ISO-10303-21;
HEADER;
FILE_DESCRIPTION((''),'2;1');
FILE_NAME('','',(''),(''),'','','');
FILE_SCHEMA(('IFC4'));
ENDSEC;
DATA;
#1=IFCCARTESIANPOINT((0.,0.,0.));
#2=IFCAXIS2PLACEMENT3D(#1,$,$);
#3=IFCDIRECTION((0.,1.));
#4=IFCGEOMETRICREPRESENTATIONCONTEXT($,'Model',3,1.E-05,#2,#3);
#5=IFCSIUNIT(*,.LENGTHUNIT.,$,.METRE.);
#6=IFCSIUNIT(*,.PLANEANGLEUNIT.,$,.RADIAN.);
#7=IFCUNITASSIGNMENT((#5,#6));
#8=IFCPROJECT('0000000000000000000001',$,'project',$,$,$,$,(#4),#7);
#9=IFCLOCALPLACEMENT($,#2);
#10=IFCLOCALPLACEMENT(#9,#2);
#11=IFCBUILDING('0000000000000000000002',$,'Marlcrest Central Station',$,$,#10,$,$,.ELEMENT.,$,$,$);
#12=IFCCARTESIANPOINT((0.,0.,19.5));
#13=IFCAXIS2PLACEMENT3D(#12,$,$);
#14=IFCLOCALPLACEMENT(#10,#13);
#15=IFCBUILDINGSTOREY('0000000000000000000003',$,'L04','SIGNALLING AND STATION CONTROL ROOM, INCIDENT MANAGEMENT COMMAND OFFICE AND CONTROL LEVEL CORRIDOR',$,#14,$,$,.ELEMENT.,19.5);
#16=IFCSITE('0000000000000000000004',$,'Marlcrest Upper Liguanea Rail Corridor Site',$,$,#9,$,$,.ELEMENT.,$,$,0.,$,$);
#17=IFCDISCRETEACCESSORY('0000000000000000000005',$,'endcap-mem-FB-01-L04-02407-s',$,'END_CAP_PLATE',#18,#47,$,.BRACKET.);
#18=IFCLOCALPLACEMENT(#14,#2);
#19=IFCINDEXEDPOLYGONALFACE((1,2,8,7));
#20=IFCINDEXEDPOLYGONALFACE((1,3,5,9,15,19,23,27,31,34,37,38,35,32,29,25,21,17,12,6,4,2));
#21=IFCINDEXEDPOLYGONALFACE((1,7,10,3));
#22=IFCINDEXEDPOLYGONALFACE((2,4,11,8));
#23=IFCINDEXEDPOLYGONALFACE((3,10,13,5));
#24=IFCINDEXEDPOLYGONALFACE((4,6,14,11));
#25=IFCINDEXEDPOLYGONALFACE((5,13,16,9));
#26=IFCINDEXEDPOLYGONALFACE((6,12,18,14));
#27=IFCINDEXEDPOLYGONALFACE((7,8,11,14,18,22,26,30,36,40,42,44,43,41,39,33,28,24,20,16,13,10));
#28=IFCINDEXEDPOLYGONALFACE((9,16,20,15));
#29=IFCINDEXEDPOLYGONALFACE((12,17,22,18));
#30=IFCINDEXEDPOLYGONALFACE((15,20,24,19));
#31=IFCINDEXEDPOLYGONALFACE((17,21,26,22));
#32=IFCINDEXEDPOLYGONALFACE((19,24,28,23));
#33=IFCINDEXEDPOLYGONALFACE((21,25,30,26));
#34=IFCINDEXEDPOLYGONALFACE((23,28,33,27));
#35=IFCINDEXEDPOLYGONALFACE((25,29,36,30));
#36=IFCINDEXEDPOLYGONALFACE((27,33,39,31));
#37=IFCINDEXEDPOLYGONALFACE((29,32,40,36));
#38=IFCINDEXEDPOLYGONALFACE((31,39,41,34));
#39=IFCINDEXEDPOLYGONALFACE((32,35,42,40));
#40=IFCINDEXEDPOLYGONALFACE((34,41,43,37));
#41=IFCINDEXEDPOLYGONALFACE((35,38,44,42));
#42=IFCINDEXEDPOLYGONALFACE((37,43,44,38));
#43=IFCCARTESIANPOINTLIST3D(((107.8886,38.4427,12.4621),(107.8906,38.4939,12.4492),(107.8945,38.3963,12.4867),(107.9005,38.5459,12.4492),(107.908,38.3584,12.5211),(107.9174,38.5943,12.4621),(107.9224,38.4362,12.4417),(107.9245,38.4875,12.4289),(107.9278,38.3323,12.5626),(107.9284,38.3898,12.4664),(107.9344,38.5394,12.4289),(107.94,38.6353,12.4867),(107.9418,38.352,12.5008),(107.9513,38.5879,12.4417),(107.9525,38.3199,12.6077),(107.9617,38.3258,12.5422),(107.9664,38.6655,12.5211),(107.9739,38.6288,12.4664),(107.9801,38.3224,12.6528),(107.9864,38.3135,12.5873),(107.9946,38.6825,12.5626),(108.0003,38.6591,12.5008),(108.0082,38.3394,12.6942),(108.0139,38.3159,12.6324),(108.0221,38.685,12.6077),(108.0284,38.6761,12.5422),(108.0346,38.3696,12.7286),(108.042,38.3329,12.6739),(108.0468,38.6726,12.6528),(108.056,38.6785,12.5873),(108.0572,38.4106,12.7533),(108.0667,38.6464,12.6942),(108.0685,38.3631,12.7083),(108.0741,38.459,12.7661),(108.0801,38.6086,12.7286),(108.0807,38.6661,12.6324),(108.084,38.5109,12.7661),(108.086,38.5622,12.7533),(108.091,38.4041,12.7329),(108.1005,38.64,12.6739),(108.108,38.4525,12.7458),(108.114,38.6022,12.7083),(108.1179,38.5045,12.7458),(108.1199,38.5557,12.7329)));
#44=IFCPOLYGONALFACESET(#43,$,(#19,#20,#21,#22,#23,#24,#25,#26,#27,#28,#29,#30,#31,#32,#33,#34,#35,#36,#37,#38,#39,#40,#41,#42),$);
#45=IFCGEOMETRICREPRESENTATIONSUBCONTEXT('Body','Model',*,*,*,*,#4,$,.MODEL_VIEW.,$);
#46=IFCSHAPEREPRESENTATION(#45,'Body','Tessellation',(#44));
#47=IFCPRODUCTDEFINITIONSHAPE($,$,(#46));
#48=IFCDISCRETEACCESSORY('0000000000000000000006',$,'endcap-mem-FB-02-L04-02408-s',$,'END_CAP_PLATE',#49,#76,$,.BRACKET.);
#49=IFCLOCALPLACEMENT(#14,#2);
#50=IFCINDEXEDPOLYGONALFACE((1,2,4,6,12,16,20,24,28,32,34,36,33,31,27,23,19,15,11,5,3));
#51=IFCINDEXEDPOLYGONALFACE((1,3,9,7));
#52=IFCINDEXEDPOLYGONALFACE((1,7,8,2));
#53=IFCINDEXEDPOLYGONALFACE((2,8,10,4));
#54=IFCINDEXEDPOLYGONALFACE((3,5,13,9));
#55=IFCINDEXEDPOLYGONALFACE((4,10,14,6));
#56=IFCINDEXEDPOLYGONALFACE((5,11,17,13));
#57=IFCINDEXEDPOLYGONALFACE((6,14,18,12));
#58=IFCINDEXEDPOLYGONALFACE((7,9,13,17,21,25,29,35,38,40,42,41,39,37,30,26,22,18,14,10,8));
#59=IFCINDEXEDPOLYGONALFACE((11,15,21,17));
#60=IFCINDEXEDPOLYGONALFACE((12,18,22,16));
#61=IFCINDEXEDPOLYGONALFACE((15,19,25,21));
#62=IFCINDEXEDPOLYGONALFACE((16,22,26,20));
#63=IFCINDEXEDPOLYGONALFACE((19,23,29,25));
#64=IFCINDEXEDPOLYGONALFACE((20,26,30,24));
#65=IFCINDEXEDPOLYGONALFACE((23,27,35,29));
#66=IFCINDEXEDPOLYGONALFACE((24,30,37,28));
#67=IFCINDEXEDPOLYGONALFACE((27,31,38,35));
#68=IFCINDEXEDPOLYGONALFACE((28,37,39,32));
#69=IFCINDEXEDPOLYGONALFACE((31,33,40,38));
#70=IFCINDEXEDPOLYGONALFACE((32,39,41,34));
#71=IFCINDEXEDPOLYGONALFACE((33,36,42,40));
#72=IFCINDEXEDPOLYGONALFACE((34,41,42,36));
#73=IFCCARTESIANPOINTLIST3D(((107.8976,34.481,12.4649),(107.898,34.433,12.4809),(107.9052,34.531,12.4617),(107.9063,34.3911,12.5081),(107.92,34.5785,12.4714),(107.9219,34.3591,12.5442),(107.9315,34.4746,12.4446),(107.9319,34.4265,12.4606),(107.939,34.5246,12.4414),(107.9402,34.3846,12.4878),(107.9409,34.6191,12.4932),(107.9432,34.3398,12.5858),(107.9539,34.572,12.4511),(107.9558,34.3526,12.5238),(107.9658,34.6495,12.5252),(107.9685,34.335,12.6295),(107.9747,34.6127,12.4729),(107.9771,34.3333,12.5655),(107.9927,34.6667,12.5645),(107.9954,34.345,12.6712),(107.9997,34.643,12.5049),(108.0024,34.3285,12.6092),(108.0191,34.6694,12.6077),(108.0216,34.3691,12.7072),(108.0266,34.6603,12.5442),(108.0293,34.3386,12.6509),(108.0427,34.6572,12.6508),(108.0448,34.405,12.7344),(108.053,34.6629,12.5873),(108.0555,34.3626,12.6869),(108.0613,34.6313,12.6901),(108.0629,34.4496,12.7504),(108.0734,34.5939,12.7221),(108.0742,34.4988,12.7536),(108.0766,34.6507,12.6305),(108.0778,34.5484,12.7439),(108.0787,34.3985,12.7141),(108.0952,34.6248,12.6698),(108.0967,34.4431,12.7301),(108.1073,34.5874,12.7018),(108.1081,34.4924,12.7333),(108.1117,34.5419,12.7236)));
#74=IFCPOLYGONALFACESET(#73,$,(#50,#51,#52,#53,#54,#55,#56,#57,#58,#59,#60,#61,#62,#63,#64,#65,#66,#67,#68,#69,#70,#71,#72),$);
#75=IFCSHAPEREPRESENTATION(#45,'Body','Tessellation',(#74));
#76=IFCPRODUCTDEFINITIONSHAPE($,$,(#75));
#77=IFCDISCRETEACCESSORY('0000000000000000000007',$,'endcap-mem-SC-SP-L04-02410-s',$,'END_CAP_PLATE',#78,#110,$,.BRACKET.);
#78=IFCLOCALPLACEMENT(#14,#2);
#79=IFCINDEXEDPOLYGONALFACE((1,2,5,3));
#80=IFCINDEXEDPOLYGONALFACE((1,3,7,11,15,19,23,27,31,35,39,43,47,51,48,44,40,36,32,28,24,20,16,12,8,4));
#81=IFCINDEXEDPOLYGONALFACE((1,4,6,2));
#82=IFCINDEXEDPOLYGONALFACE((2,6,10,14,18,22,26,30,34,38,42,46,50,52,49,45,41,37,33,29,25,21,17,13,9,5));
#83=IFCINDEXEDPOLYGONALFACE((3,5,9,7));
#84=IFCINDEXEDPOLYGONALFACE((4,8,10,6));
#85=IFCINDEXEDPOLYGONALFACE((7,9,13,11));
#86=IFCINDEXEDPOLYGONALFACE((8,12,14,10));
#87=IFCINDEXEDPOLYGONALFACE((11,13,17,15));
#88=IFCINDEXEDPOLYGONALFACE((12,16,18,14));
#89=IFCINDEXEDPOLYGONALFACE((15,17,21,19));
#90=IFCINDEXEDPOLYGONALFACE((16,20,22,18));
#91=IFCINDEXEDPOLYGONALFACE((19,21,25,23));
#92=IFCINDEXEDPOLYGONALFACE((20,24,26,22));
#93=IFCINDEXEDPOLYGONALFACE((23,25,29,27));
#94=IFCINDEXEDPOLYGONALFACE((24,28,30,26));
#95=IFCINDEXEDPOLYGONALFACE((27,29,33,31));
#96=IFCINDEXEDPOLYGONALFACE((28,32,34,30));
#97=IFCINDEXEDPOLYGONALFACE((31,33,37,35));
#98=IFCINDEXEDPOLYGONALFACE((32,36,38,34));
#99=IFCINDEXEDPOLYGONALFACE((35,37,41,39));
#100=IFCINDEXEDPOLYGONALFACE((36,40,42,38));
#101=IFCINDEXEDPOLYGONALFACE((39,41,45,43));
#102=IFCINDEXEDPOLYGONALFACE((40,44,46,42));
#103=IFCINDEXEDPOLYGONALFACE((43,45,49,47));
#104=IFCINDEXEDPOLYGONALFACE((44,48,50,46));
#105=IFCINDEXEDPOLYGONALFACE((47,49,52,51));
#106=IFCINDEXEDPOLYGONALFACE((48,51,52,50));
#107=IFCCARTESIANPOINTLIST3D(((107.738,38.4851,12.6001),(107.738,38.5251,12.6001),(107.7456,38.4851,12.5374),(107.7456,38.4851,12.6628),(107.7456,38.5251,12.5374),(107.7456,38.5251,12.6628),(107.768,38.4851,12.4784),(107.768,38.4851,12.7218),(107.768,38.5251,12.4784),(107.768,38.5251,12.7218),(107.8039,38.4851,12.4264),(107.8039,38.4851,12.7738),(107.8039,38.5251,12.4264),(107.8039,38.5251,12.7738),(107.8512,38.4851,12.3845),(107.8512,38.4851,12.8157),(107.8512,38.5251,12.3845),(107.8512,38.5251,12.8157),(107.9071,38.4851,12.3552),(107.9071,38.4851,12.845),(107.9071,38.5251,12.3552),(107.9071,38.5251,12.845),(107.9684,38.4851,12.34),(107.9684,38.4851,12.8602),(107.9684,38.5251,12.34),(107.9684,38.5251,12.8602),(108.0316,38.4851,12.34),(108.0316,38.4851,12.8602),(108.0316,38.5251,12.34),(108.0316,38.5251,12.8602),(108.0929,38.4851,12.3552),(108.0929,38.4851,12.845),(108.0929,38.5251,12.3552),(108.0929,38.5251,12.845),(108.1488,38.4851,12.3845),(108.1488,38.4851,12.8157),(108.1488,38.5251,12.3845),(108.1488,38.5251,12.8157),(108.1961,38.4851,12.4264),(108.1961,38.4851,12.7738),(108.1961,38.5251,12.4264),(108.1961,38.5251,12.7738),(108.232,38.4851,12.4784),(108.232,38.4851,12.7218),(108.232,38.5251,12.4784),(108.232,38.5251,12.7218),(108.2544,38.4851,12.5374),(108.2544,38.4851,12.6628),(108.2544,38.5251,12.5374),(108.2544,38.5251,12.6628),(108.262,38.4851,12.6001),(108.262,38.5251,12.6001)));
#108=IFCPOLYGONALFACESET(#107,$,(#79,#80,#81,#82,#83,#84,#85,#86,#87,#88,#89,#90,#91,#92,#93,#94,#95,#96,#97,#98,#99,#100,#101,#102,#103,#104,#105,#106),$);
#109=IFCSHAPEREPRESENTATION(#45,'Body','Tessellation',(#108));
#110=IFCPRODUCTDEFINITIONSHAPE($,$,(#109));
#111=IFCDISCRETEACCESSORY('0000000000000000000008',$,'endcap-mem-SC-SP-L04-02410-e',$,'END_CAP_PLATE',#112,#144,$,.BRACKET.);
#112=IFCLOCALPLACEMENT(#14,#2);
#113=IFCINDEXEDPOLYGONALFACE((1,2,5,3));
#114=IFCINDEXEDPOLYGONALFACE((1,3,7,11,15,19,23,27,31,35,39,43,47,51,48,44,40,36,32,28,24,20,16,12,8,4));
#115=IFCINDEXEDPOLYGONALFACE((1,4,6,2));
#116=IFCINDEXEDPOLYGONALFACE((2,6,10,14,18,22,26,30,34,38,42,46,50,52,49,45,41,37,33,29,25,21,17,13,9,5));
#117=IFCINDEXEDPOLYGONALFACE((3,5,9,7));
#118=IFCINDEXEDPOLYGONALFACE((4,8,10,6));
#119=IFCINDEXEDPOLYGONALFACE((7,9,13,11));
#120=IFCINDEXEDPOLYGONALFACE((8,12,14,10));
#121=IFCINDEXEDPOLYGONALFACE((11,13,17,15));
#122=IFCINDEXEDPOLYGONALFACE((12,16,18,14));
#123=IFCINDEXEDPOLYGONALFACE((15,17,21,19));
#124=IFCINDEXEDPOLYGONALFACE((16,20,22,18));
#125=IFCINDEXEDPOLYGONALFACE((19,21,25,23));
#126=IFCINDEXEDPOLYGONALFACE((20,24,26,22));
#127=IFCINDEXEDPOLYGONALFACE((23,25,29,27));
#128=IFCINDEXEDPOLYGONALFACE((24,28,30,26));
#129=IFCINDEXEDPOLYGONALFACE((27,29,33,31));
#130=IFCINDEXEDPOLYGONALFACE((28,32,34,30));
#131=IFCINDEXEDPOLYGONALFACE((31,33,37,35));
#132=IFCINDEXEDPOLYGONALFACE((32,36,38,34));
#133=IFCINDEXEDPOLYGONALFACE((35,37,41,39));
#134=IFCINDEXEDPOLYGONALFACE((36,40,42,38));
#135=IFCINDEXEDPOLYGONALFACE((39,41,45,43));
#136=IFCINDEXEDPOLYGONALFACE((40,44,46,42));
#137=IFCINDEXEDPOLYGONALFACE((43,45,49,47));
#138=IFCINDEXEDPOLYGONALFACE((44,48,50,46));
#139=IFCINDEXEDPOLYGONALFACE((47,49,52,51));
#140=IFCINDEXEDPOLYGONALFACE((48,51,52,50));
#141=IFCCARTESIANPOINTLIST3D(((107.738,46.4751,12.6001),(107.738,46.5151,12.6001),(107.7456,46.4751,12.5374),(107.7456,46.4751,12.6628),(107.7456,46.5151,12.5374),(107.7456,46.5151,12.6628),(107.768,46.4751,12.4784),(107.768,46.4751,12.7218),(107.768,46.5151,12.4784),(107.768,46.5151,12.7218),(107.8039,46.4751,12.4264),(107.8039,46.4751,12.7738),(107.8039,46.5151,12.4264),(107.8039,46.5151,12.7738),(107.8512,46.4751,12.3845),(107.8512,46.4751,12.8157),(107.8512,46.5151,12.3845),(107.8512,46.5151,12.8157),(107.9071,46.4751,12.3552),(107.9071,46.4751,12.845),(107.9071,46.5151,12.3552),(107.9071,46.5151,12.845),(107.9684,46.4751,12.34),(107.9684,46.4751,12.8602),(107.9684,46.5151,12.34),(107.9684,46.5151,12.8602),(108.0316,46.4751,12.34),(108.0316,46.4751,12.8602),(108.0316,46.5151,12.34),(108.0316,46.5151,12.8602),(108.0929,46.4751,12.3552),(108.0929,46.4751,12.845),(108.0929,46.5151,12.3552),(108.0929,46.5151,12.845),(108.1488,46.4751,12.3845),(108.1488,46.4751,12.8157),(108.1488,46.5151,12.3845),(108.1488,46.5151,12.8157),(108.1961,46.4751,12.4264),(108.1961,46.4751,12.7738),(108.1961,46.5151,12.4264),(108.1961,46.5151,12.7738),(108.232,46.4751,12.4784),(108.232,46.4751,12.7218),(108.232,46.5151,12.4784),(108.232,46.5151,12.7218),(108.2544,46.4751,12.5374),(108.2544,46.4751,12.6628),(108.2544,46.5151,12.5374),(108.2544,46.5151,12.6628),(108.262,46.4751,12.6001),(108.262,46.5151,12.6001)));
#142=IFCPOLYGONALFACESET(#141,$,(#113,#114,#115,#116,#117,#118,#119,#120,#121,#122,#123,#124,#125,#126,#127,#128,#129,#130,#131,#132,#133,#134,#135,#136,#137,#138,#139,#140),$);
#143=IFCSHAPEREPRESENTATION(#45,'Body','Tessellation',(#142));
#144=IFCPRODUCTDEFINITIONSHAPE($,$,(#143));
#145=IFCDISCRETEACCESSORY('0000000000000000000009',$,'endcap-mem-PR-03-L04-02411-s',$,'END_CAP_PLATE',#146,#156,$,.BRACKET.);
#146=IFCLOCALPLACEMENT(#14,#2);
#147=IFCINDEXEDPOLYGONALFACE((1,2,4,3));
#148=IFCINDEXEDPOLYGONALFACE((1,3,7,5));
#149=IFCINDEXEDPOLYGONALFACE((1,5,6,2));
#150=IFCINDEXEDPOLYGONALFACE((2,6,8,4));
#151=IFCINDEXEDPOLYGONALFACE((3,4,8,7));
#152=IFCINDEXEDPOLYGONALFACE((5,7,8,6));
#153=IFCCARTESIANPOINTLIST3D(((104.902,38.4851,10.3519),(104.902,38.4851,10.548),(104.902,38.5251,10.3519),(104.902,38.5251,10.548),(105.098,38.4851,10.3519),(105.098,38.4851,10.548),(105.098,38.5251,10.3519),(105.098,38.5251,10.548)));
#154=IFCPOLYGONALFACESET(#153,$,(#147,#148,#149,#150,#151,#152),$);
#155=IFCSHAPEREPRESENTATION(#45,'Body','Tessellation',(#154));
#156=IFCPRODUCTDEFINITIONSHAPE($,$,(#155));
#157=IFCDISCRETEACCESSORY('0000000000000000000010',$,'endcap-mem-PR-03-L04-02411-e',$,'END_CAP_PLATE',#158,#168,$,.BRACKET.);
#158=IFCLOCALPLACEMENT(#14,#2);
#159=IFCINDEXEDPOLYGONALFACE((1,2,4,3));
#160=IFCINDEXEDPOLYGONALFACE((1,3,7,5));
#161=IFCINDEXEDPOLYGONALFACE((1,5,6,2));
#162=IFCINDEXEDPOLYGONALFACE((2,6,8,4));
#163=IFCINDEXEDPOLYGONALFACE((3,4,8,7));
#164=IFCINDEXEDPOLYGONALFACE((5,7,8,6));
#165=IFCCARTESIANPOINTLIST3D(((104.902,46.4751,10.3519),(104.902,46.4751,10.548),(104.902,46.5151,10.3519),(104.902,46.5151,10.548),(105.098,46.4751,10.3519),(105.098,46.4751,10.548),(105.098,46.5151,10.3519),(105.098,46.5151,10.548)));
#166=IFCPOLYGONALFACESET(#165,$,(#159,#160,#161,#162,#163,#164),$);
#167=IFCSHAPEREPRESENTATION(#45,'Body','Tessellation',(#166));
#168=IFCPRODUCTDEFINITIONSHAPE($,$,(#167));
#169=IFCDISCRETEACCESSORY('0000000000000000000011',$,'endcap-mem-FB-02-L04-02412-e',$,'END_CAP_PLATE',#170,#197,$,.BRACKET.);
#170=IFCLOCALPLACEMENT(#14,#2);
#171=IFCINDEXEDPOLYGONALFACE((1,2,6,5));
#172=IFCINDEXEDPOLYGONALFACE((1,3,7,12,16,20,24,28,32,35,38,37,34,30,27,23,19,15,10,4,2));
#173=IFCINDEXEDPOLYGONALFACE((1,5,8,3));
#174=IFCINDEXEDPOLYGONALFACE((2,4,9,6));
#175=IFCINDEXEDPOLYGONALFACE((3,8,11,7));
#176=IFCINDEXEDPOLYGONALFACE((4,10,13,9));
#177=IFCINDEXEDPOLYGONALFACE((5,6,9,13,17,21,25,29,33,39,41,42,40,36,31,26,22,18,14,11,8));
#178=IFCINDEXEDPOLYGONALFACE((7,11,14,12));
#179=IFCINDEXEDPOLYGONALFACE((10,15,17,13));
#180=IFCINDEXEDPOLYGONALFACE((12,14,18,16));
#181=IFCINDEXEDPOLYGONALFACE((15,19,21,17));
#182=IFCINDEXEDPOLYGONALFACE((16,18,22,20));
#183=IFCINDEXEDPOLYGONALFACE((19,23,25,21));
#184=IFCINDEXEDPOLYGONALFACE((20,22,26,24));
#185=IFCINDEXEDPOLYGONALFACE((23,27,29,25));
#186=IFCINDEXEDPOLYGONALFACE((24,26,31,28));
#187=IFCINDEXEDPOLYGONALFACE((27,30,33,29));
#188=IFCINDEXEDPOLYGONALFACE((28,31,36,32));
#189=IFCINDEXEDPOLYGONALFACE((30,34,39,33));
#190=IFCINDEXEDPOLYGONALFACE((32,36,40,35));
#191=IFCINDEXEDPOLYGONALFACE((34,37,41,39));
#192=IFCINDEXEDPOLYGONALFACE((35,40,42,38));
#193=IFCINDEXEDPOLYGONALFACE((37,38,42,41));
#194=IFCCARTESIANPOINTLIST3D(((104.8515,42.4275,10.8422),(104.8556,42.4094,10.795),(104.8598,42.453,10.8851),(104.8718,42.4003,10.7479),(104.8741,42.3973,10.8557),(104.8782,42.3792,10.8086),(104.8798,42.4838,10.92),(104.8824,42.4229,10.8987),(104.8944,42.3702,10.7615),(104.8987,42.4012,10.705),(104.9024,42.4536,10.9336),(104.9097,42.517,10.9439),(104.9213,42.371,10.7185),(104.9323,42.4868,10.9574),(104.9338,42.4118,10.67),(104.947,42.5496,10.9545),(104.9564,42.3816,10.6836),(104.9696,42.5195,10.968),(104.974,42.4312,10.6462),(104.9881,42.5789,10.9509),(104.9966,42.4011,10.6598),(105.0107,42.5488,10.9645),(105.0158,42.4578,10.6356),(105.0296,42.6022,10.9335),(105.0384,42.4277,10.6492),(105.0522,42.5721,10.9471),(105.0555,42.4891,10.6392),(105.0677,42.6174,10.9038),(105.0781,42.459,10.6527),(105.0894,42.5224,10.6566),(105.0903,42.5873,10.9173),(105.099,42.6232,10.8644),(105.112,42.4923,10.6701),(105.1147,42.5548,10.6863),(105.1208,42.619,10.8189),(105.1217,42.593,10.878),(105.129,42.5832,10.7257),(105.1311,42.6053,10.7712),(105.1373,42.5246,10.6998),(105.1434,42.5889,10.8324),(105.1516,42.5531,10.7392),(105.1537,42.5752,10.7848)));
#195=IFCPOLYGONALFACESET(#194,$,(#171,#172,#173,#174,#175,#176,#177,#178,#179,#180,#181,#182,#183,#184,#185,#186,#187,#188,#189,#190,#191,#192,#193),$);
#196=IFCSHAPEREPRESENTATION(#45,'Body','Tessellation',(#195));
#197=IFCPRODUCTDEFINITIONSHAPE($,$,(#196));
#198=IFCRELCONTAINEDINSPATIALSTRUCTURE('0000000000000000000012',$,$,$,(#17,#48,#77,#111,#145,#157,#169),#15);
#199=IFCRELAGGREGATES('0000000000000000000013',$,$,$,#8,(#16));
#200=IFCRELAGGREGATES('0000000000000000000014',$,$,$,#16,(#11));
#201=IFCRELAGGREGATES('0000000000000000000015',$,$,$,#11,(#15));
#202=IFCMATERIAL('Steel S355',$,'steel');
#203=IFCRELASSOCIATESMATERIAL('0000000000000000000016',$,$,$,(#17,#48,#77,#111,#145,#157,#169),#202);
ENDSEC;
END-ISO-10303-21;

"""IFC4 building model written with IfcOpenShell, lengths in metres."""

from ifc_helpers import new_model, si_unit, direction, frame, origin, origin_2d, place, context, subcontext, project, spatial, rectangle, circle, extrude, material, element, save


model = new_model("IFC4")

# Units and contexts
model_context = context("Model", 3, precision=1e-05, world=origin(), true_north=direction((0.0, 1.0)))
body_context = subcontext(model_context, "Body", "Model", "MODEL_VIEW")
ifc_project = project(units=[si_unit("LENGTHUNIT", "METRE"), si_unit("PLANEANGLEUNIT", "RADIAN")], contexts=[model_context])

# Site, building, storey
site_placement = place(None, origin())
site = spatial("IfcSite", under=ifc_project, at=site_placement, Name="Marlcrest Upper Liguanea Rail Corridor Site", CompositionType="ELEMENT", RefElevation=0.0)
building_placement = place(site_placement, origin())
building = spatial("IfcBuilding", under=site, at=building_placement, Name="Marlcrest Central Station", CompositionType="ELEMENT")
storey_placement = place(building_placement, frame((0.0, 0.0, 19.5)))
storey = spatial("IfcBuildingStorey", under=building, at=storey_placement, Name="L04", Description="SIGNALLING AND STATION CONTROL ROOM, INCIDENT MANAGEMENT COMMAND OFFICE AND CONTROL LEVEL CORRIDOR", CompositionType="ELEMENT", Elevation=19.5)

# Discrete accessories
ifc_material_1 = material(Name="Steel S355", Category="steel")
discrete_accessory_1_placement = place(storey_placement, frame((107.9873, 38.5024, 12.6077), z_axis=(0.846277, -0.161196, -0.50777), x_axis=(0.187112, 0.982339, 0.0)))
element("IfcDiscreteAccessory", 1, at=discrete_accessory_1_placement, inside=storey, material=ifc_material_1, Name="endcap-mem-FB-01-L04-02407-s", ObjectType="END_CAP_PLATE", PredefinedType="BRACKET", context=body_context, shape_type="SweptSolid", body=[
    extrude(circle(Radius=0.1858, at=origin_2d()), origin(), (0.0, 0.0, 1.0), 0.04),
])
discrete_accessory_2_placement = place(storey_placement, frame((107.9873, 34.5024, 12.6077), z_axis=(0.846277, -0.161196, -0.50777), x_axis=(0.187112, 0.982339, 0.0)))
element("IfcDiscreteAccessory", 2, at=discrete_accessory_2_placement, inside=storey, material=ifc_material_1, Name="endcap-mem-FB-02-L04-02408-s", ObjectType="END_CAP_PLATE", PredefinedType="BRACKET", context=body_context, shape_type="SweptSolid", body=[
    extrude(circle(Radius=0.1699, at=origin_2d()), origin(), (0.0, 0.0, 1.0), 0.04),
])
for number, where, z_axis, x_axis, name in (
    (3, (108.0, 38.4851, 12.6001), (0.0, 1.0, 0.0), (-1.0, 0.0, 0.0), "endcap-mem-SC-SP-L04-02410-s"),
    (4, (108.0, 46.4751, 12.6001), (0.0, 1.0, 0.0), (-1.0, 0.0, 0.0), "endcap-mem-SC-SP-L04-02410-e"),
):
    element("IfcDiscreteAccessory", number, at=place(storey_placement, frame(where, z_axis=z_axis, x_axis=x_axis)), inside=storey, material=ifc_material_1, Name=name, ObjectType="END_CAP_PLATE", PredefinedType="BRACKET", context=body_context, shape_type="SweptSolid", body=[
        extrude(circle(Radius=0.262, at=origin_2d()), origin(), (0.0, 0.0, 1.0), 0.04),
    ])
for number, where, z_axis, x_axis, name in (
    (5, (105.0, 38.4851, 10.45), (0.0, 1.0, 0.0), (-1.0, 0.0, 0.0), "endcap-mem-PR-03-L04-02411-s"),
    (6, (105.0, 46.4751, 10.45), (0.0, 1.0, 0.0), (-1.0, 0.0, 0.0), "endcap-mem-PR-03-L04-02411-e"),
):
    element("IfcDiscreteAccessory", number, at=place(storey_placement, frame(where, z_axis=z_axis, x_axis=x_axis)), inside=storey, material=ifc_material_1, Name=name, ObjectType="END_CAP_PLATE", PredefinedType="BRACKET", context=body_context, shape_type="SweptSolid", body=[
        extrude(rectangle(XDim=0.196, YDim=0.196, at=origin_2d()), origin(), (0.0, 0.0, 1.0), 0.04),
    ])
for number, where, z_axis, x_axis, name in (
    (7, (105.0142, 42.4812, 10.8086), (-0.564531, 0.752708, -0.338728), (-0.8, -0.6, 0.0), "endcap-mem-FB-02-L04-02412-e"),
):
    element("IfcDiscreteAccessory", number, at=place(storey_placement, frame(where, z_axis=z_axis, x_axis=x_axis)), inside=storey, material=ifc_material_1, Name=name, ObjectType="END_CAP_PLATE", PredefinedType="BRACKET", context=body_context, shape_type="SweptSolid", body=[
        extrude(circle(Radius=0.1699, at=origin_2d()), origin(), (0.0, 0.0, 1.0), 0.04),
    ])

save(model, "model.ifc")
